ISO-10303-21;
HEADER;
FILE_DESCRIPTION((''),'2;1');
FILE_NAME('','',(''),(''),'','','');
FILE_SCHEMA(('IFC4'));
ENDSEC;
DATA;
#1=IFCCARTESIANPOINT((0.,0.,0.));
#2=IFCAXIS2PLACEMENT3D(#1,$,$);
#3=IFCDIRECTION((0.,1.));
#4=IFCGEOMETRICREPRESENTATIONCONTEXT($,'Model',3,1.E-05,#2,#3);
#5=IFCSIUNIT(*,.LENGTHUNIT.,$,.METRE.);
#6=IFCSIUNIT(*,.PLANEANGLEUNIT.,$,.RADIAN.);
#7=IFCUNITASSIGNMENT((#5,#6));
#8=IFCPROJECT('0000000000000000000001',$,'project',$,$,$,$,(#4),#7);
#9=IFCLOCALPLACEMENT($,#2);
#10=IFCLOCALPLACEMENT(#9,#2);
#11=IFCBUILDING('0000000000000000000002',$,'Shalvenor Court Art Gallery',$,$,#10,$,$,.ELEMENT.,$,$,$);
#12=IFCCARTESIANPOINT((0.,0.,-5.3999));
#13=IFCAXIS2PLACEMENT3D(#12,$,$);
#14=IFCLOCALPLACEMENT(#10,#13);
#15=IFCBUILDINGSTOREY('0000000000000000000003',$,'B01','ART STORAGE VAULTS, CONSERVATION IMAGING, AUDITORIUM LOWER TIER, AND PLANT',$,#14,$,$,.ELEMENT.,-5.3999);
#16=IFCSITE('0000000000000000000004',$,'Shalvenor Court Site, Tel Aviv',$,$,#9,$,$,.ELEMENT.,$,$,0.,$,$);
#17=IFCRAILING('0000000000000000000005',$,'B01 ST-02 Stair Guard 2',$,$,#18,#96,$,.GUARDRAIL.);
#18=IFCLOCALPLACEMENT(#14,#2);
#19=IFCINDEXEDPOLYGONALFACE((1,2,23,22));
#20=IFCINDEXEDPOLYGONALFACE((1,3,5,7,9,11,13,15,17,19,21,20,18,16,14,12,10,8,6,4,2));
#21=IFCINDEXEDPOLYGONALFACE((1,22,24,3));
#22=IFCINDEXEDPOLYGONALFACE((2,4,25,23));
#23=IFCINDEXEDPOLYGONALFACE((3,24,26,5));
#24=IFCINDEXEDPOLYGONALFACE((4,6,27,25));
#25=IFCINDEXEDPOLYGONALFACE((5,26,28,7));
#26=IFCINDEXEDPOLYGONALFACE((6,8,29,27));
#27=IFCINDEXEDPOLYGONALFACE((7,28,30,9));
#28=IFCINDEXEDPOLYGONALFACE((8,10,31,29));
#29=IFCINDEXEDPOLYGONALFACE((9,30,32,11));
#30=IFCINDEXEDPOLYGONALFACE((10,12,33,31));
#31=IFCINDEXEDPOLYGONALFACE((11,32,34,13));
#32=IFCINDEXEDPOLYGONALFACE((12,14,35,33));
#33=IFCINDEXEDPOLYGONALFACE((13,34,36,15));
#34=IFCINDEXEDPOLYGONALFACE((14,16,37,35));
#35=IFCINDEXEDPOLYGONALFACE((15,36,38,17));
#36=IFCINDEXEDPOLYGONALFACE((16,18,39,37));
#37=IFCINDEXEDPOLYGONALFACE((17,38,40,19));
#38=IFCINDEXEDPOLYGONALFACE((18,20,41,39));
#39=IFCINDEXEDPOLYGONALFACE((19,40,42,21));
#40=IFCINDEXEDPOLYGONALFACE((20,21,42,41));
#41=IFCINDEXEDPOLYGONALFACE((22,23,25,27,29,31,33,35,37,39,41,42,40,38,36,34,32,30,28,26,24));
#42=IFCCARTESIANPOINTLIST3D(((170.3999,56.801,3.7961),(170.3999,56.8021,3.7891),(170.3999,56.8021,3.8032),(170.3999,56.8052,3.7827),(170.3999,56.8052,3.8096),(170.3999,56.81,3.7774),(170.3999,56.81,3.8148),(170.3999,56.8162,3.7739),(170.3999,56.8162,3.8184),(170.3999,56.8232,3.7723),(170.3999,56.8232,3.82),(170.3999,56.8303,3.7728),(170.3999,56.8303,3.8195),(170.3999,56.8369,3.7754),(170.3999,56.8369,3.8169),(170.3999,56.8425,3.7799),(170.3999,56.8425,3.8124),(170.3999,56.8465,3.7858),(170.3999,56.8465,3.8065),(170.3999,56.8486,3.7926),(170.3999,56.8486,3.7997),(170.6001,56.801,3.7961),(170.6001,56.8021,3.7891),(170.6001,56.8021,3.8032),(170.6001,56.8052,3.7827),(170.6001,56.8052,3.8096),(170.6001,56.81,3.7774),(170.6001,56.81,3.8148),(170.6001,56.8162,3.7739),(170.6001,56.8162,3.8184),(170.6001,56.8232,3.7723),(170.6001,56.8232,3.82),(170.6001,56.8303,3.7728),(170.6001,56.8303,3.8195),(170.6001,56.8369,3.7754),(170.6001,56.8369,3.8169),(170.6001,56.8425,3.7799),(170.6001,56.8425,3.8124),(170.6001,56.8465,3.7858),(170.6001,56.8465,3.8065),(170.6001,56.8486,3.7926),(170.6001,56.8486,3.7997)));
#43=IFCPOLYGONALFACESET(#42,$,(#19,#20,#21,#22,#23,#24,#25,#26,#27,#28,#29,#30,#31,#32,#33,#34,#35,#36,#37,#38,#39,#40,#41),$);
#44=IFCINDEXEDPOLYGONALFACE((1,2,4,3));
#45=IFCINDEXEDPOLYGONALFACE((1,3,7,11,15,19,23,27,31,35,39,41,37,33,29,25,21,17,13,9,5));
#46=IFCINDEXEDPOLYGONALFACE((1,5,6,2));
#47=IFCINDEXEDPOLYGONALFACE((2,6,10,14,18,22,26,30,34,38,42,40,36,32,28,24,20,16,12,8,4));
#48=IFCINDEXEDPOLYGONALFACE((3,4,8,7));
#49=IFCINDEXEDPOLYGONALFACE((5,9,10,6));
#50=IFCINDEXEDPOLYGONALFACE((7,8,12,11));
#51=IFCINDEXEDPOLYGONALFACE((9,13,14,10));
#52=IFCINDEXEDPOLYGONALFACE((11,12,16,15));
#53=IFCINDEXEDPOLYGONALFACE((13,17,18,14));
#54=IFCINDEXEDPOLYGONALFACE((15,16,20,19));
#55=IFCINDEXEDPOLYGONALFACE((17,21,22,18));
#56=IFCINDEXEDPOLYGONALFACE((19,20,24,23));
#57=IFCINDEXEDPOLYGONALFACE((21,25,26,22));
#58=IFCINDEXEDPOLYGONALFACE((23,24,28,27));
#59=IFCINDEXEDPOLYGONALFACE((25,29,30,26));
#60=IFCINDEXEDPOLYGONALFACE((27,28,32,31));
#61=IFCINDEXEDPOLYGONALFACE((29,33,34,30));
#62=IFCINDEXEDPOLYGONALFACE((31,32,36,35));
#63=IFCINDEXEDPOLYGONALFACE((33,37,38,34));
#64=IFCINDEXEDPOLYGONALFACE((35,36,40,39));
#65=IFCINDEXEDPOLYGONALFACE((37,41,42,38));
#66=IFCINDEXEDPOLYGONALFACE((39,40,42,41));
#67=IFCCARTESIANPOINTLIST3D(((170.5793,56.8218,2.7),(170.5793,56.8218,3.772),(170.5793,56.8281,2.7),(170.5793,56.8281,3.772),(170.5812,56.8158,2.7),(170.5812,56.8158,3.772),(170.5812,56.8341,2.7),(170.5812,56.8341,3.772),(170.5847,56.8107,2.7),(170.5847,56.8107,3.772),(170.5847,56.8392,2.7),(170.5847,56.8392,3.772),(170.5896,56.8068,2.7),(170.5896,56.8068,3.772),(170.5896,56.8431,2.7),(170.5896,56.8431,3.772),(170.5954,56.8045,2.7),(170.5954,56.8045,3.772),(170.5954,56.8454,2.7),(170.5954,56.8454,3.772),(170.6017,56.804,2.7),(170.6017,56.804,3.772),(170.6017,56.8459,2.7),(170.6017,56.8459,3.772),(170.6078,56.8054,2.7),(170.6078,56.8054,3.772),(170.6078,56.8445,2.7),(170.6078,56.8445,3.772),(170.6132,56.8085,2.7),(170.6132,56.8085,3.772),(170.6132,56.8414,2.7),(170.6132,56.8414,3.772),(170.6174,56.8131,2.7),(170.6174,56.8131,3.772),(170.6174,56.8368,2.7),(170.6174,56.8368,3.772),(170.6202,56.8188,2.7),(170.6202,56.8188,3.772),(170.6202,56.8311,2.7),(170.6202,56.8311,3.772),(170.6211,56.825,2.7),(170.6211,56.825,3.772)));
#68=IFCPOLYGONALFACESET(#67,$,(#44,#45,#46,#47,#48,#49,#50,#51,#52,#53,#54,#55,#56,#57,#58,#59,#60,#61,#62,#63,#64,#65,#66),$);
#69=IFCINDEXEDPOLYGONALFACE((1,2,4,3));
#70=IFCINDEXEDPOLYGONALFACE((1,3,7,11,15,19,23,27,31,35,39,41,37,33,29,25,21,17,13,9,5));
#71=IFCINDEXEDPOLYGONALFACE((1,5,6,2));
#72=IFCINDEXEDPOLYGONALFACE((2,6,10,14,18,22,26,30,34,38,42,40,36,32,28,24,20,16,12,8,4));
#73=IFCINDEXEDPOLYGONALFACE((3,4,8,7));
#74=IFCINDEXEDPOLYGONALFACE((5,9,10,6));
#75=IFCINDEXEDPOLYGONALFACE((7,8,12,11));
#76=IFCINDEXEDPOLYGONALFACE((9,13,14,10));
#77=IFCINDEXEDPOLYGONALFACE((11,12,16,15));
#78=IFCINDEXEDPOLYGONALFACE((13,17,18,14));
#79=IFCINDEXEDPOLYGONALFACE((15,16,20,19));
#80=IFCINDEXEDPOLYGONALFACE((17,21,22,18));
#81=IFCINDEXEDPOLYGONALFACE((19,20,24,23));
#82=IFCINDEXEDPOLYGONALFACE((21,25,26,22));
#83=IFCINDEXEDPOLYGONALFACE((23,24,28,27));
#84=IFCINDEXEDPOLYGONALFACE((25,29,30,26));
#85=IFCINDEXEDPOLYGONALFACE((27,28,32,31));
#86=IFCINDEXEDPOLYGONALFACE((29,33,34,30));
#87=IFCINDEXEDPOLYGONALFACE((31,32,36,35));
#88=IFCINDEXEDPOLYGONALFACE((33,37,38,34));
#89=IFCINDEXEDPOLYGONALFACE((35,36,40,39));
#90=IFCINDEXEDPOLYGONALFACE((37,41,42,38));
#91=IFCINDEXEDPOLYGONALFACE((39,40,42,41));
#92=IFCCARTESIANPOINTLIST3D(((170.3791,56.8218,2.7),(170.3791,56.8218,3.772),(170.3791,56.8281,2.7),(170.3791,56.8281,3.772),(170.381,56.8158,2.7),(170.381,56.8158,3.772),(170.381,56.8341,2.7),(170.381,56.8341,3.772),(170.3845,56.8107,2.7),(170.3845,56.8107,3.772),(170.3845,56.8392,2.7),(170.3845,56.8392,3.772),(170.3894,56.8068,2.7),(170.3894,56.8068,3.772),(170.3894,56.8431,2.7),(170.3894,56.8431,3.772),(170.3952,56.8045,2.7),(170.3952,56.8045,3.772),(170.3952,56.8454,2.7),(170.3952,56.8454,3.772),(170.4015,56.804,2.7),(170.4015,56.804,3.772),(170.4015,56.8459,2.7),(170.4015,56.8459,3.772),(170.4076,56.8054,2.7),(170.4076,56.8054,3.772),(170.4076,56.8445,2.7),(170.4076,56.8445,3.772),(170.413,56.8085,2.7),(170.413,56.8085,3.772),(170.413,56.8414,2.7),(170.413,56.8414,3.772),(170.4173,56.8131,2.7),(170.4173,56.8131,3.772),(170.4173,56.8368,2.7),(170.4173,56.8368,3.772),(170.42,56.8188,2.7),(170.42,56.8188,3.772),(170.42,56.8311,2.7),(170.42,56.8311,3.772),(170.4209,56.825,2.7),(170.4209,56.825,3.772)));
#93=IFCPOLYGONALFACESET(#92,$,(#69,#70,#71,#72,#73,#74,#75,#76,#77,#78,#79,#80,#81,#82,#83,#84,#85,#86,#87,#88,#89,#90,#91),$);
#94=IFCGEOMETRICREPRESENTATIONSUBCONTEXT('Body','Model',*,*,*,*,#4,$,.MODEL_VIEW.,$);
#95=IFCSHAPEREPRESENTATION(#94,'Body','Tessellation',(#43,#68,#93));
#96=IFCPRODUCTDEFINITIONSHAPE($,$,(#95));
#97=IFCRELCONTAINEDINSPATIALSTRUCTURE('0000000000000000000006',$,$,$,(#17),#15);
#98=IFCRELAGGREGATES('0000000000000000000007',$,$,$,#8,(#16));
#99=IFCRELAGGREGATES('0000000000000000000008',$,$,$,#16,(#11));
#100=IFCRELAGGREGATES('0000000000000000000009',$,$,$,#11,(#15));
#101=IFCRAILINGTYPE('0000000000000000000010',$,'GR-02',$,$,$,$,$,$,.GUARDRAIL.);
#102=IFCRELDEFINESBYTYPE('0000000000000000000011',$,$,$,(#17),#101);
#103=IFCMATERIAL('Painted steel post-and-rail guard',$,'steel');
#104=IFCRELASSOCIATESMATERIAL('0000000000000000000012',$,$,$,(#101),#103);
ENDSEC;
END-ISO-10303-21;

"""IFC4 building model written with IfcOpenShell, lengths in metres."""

from ifc_helpers import new_model, si_unit, direction, frame, origin, origin_2d, place, context, subcontext, project, spatial, circle, extrude, material, type_object, element, save


model = new_model("IFC4")

# Units and contexts
model_context = context("Model", 3, precision=1e-05, world=origin(), true_north=direction((0.0, 1.0)))
body_context = subcontext(model_context, "Body", "Model", "MODEL_VIEW")
ifc_project = project(units=[si_unit("LENGTHUNIT", "METRE"), si_unit("PLANEANGLEUNIT", "RADIAN")], contexts=[model_context])

# Site, building, storey
site_placement = place(None, origin())
site = spatial("IfcSite", under=ifc_project, at=site_placement, Name="Shalvenor Court Site, Tel Aviv", CompositionType="ELEMENT", RefElevation=0.0)
building_placement = place(site_placement, origin())
building = spatial("IfcBuilding", under=site, at=building_placement, Name="Shalvenor Court Art Gallery", CompositionType="ELEMENT")
storey_placement = place(building_placement, frame((0.0, 0.0, -5.3999)))
storey = spatial("IfcBuildingStorey", under=building, at=storey_placement, Name="B01", Description="ART STORAGE VAULTS, CONSERVATION IMAGING, AUDITORIUM LOWER TIER, AND PLANT", CompositionType="ELEMENT", Elevation=-5.3999)

# Railing
ifc_material_1 = material(Name="Painted steel post-and-rail guard", Category="steel")
railing_type_1 = type_object("IfcRailingType", Name="GR-02", PredefinedType="GUARDRAIL", material=ifc_material_1)
railing_1_placement = place(storey_placement, frame((170.6001, 56.825, 2.7)))
element("IfcRailing", 1, at=railing_1_placement, inside=storey, type_object=railing_type_1, Name="B01 ST-02 Stair Guard 2", PredefinedType="GUARDRAIL", context=body_context, shape_type="SweptSolid", body=[
    extrude(circle(Radius=0.0239, at=origin_2d()), frame((0.0, 0.0, 1.0962), z_axis=(-1.0, 0.0, 0.0), x_axis=(0.0, -1.0, 0.0)), (0.0, 0.0, 1.0), 0.2002),
    extrude(circle(Radius=0.021, at=origin_2d()), origin(), (0.0, 0.0, 1.0), 1.072),
    extrude(circle(Radius=0.021, at=origin_2d()), frame((-0.2002, 0.0, 0.0)), (0.0, 0.0, 1.0), 1.072),
])

save(model, "model.ifc")
